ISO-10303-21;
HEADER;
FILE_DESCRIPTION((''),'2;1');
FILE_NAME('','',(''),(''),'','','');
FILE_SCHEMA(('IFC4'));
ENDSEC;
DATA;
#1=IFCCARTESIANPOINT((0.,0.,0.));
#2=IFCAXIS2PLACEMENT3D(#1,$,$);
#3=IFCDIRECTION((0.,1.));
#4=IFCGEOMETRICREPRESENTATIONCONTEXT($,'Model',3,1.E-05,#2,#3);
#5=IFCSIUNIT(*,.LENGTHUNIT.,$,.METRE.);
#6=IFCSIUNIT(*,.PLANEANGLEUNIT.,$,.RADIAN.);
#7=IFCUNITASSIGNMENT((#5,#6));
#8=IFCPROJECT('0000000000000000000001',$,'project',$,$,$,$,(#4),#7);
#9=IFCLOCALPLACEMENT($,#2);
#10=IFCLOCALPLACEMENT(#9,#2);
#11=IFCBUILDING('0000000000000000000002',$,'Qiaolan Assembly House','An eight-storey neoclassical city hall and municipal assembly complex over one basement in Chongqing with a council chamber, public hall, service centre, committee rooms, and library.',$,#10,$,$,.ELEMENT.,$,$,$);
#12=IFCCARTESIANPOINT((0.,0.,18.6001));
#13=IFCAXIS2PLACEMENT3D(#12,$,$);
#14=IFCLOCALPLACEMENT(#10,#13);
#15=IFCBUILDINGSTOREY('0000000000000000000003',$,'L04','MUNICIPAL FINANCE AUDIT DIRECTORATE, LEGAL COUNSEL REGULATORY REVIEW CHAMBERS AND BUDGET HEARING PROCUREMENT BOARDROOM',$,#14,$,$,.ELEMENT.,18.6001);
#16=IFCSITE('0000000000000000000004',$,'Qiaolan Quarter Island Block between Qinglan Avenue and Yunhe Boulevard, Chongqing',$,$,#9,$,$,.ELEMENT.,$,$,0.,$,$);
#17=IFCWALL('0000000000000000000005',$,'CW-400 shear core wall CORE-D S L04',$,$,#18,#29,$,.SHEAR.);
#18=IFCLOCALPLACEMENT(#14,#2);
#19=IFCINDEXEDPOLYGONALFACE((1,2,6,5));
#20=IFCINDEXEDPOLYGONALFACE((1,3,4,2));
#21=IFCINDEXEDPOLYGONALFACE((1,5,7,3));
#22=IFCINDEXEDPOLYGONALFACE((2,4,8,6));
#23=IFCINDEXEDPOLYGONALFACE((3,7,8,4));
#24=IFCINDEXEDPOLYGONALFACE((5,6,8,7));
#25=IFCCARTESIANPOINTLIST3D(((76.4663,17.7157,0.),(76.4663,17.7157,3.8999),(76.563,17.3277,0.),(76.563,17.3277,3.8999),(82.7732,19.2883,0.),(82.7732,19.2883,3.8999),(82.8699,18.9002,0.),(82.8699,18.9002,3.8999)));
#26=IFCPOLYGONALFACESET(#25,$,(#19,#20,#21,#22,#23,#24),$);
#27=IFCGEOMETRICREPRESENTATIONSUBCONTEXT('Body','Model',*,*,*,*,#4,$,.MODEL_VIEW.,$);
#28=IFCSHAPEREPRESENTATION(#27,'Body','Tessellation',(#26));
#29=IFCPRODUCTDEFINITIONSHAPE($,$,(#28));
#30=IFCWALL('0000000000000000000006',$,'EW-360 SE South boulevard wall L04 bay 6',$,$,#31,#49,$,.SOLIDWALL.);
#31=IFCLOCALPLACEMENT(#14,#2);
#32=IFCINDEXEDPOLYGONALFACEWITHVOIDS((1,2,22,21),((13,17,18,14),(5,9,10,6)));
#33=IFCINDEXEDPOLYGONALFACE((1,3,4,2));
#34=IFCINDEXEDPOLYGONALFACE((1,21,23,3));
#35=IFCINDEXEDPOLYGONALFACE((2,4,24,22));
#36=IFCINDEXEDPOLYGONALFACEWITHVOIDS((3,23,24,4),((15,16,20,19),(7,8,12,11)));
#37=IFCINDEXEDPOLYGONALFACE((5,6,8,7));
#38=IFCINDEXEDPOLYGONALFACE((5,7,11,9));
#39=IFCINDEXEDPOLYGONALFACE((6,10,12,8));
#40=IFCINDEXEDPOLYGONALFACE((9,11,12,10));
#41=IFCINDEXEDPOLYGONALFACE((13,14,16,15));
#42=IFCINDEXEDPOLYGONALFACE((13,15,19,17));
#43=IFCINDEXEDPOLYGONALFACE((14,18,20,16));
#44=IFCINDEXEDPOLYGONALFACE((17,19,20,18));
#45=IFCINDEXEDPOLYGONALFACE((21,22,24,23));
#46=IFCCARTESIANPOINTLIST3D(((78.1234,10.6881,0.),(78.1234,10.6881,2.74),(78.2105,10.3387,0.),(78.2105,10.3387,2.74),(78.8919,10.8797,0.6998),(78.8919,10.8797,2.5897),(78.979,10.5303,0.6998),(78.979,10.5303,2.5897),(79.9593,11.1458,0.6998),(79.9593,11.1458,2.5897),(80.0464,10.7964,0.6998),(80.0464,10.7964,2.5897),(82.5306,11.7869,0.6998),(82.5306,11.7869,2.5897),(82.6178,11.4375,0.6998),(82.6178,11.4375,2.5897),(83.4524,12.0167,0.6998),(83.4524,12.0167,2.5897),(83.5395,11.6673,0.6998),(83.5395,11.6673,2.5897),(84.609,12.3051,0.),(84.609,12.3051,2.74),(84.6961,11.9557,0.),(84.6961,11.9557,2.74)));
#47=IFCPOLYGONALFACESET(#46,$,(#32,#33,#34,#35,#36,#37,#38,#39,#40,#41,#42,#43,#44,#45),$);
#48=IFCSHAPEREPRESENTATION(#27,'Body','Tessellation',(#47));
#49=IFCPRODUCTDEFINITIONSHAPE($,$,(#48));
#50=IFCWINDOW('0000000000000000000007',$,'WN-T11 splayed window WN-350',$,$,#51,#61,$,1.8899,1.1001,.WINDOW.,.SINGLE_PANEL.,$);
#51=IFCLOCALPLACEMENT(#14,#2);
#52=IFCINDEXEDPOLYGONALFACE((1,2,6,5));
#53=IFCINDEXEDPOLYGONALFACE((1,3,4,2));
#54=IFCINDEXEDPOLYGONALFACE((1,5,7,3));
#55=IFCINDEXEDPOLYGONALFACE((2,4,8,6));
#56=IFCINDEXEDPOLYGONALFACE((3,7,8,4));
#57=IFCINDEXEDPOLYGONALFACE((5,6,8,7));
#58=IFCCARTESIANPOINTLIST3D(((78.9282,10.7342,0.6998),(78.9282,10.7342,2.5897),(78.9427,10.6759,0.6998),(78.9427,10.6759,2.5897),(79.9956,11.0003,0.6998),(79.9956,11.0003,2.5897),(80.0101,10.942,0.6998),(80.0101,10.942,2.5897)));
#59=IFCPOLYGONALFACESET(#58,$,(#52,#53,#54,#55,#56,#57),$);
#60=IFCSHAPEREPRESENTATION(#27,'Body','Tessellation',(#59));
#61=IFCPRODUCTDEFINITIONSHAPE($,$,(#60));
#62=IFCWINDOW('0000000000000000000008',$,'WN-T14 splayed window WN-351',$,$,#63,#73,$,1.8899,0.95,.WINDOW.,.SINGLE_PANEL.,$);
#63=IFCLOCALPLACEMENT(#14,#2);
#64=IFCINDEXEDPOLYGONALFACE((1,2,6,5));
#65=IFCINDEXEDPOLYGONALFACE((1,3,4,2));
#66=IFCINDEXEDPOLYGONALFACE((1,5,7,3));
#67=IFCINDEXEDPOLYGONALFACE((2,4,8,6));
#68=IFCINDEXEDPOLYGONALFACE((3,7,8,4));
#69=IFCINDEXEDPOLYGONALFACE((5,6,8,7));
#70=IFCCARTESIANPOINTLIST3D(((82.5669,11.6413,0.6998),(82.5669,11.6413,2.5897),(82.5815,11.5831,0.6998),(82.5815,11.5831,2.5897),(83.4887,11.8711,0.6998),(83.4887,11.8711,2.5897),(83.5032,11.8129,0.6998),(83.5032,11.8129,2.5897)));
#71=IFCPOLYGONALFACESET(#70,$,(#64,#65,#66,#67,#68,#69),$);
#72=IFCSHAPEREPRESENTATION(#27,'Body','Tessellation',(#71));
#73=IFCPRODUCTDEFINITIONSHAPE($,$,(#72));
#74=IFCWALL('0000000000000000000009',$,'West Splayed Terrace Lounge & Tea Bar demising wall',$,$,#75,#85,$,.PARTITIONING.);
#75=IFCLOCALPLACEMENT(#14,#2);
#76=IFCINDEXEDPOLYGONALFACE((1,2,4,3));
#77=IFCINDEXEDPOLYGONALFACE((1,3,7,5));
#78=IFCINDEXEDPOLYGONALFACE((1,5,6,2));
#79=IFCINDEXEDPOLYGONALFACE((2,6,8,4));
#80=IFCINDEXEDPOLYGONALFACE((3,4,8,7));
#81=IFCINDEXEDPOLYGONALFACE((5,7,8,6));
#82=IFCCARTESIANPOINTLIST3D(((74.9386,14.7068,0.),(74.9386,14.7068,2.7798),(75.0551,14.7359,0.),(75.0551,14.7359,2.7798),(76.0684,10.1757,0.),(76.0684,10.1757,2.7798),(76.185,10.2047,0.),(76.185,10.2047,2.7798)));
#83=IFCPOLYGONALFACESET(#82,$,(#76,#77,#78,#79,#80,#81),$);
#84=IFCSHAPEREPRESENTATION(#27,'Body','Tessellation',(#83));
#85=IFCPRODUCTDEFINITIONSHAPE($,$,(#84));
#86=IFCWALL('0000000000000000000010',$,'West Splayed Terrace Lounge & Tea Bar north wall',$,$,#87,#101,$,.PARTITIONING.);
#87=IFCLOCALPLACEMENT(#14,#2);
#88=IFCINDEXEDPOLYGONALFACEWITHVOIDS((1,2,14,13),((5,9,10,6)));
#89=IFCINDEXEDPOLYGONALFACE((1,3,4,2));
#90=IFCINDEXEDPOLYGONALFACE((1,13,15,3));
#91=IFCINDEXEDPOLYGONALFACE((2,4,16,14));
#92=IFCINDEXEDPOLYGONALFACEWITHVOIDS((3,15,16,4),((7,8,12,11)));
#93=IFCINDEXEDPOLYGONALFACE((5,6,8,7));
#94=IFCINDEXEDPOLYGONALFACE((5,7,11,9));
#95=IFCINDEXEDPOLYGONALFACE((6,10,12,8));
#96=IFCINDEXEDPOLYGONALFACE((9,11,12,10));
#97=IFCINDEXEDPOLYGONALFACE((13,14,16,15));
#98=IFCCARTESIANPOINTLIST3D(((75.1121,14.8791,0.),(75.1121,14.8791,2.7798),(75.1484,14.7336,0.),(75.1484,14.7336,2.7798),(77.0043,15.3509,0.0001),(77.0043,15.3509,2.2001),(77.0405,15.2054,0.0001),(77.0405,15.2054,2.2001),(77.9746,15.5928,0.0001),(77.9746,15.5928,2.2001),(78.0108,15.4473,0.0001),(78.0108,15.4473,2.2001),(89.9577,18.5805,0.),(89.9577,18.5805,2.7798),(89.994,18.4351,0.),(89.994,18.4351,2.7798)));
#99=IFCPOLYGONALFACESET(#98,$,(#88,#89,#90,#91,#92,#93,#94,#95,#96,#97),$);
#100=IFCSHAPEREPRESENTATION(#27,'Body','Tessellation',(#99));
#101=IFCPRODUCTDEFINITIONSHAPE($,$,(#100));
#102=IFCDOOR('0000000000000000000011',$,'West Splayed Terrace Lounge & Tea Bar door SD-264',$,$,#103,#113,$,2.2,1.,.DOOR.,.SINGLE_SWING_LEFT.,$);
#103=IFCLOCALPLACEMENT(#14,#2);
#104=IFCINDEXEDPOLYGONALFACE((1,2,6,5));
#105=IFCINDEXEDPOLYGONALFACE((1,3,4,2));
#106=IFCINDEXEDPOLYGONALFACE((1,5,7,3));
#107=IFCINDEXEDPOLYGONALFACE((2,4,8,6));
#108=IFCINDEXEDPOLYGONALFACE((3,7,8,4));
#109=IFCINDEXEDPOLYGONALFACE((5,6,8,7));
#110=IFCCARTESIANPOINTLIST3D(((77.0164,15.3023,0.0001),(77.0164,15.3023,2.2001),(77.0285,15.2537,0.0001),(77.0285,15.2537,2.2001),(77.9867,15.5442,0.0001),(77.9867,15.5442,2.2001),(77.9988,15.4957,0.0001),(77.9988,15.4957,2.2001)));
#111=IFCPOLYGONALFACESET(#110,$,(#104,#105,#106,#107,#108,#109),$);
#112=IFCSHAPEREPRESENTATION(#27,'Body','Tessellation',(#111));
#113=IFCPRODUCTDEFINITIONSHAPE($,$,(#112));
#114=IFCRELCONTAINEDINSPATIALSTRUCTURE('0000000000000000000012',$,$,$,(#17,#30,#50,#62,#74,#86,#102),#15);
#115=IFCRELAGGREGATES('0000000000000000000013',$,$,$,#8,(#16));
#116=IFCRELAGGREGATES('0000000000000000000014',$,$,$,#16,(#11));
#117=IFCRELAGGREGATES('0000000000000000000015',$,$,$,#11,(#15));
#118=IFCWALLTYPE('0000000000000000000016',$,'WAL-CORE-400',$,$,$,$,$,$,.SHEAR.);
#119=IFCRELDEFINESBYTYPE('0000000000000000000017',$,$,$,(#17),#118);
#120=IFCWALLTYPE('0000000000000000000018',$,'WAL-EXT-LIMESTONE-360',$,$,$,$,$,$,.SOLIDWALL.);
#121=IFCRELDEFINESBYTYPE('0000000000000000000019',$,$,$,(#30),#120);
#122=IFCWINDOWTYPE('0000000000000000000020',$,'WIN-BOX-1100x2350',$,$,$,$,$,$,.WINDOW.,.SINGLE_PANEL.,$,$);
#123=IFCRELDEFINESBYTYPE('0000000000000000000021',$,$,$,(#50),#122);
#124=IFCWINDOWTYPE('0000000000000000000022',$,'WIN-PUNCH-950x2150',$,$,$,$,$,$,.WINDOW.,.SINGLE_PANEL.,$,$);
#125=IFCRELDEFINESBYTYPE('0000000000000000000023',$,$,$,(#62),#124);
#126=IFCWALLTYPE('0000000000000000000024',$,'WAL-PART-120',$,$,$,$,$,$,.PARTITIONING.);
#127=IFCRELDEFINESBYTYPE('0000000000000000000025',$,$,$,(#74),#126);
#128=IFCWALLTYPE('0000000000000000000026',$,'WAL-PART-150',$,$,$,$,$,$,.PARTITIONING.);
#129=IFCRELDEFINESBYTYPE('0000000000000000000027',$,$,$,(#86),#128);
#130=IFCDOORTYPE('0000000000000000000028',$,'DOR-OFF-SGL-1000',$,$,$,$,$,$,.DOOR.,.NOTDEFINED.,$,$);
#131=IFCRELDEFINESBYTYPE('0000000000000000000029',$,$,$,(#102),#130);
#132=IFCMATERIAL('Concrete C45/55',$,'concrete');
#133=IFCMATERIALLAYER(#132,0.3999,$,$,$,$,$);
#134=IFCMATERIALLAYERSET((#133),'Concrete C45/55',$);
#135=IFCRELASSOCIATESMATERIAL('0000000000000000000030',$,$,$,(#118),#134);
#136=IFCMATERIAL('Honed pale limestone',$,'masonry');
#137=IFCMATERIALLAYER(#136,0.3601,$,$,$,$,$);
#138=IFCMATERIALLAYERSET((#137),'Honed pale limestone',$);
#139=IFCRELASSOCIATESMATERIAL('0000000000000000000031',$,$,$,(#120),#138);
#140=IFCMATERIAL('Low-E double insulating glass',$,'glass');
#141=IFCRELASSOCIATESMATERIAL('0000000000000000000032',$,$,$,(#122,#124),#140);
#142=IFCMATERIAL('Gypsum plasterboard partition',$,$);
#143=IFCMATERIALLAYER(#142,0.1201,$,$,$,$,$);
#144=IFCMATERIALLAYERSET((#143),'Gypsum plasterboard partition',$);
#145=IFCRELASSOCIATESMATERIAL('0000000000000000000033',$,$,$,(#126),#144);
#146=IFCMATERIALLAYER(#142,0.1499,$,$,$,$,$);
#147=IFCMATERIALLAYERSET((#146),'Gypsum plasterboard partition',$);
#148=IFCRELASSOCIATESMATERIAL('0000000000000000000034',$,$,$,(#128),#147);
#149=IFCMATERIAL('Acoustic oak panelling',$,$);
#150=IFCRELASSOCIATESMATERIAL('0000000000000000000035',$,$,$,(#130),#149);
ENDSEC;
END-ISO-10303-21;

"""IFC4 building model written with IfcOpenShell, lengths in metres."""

from ifc_helpers import new_model, si_unit, direction, frame, frame_2d, origin, place, context, subcontext, project, spatial, rectangle, extrude, material, layer, layer_set, type_object, element, fill, save


model = new_model("IFC4")

# Units and contexts
model_context = context("Model", 3, precision=1e-05, world=origin(), true_north=direction((0.0, 1.0)))
body_context = subcontext(model_context, "Body", "Model", "MODEL_VIEW")
ifc_project = project(units=[si_unit("LENGTHUNIT", "METRE"), si_unit("PLANEANGLEUNIT", "RADIAN")], contexts=[model_context])

# Site, building, storey
site_placement = place(None, origin())
site = spatial("IfcSite", under=ifc_project, at=site_placement, Name="Qiaolan Quarter Island Block between Qinglan Avenue and Yunhe Boulevard, Chongqing", CompositionType="ELEMENT", RefElevation=0.0)
building_placement = place(site_placement, origin())
building = spatial("IfcBuilding", under=site, at=building_placement, Name="Qiaolan Assembly House", Description="An eight-storey neoclassical city hall and municipal assembly complex over one basement in Chongqing with a council chamber, public hall, service centre, committee rooms, and library.", CompositionType="ELEMENT")
storey_placement = place(building_placement, frame((0.0, 0.0, 18.6001)))
storey = spatial("IfcBuildingStorey", under=building, at=storey_placement, Name="L04", Description="MUNICIPAL FINANCE AUDIT DIRECTORATE, LEGAL COUNSEL REGULATORY REVIEW CHAMBERS AND BUDGET HEARING PROCUREMENT BOARDROOM", CompositionType="ELEMENT", Elevation=18.6001)

# Shared definitions
ifc_material_1 = material(Name="Honed pale limestone", Category="masonry")

# Wall
ifc_material_2 = material(Name="Concrete C45/55", Category="concrete")
ifc_layer_1 = layer(ifc_material_2, 0.3999)
ifc_layer_set_1 = layer_set([ifc_layer_1], Name="Concrete C45/55")
wall_type_1 = type_object("IfcWallType", Name="WAL-CORE-400", PredefinedType="SHEAR", material=ifc_layer_set_1)
wall_1_placement = place(storey_placement, frame((76.5146, 17.5217, 0.0), z_axis=(0.0, 0.0, 1.0), x_axis=(0.970295, 0.241926, 0.0)))
element("IfcWall", 1, at=wall_1_placement, inside=storey, type_object=wall_type_1, Name="CW-400 shear core wall CORE-D S L04", PredefinedType="SHEAR", context=body_context, shape_type="SweptSolid", body=[
    extrude(rectangle(XDim=6.5, YDim=0.3999, at=frame_2d((3.25, 0.0))), origin(), (0.0, 0.0, 1.0), 3.8999),
])

# Wall, openings, windows
ifc_layer_2 = layer(ifc_material_1, 0.3601)
ifc_layer_set_2 = layer_set([ifc_layer_2], Name="Honed pale limestone")
wall_type_2 = type_object("IfcWallType", Name="WAL-EXT-LIMESTONE-360", PredefinedType="SOLIDWALL", material=ifc_layer_set_2)
wall_2_placement = place(storey_placement, frame((78.167, 10.5134, 0.0), z_axis=(0.0, 0.0, 1.0), x_axis=(0.970299, 0.241908, 0.0)))
wall_2 = element("IfcWall", 2, at=wall_2_placement, inside=storey, type_object=wall_type_2, Name="EW-360 SE South boulevard wall L04 bay 6", PredefinedType="SOLIDWALL", context=body_context, shape_type="SweptSolid", body=[
    extrude(rectangle(XDim=6.6841, YDim=0.3601, at=frame_2d((3.342, 0.0))), origin(), (0.0, 0.0, 1.0), 2.74),
])
opening_1_placement = place(wall_2_placement, frame((0.792, 0.0, 0.7)))
opening_1 = element("IfcOpeningElement", 3, at=opening_1_placement, cuts=wall_2, PredefinedType="OPENING", context=body_context, shape_type="SweptSolid", body=[
    extrude(rectangle(XDim=1.1001, YDim=1.8899, at=frame_2d((0.55, 0.9448))), frame((0.0, 0.1899, 0.0), z_axis=(0.0, -1.0, 0.0), x_axis=(1.0, 0.0, 0.0)), (0.0, 0.0, 1.0), 0.3801),
])
opening_2_placement = place(wall_2_placement, frame((4.542, 0.0, 0.7)))
opening_2 = element("IfcOpeningElement", 4, at=opening_2_placement, cuts=wall_2, PredefinedType="OPENING", context=body_context, shape_type="SweptSolid", body=[
    extrude(rectangle(XDim=0.95, YDim=1.8899, at=frame_2d((0.4751, 0.9448))), frame((0.0, 0.1899, 0.0), z_axis=(0.0, -1.0, 0.0), x_axis=(1.0, 0.0, 0.0)), (0.0, 0.0, 1.0), 0.3801),
])
ifc_material_3 = material(Name="Low-E double insulating glass", Category="glass")
window_type_1 = type_object("IfcWindowType", Name="WIN-BOX-1100x2350", PartitioningType="SINGLE_PANEL", PredefinedType="WINDOW", material=ifc_material_3)
window_1_placement = place(opening_1_placement, origin())
window_1 = element("IfcWindow", 5, at=window_1_placement, inside=storey, type_object=window_type_1, Name="WN-T11 splayed window WN-350", OverallHeight=1.8899, OverallWidth=1.1001, PartitioningType="SINGLE_PANEL", PredefinedType="WINDOW", context=body_context, shape_type="SweptSolid", body=[
    extrude(rectangle(XDim=1.1001, YDim=1.8899, at=frame_2d((0.55, 0.9448))), frame((0.0, 0.03, 0.0), z_axis=(0.0, -1.0, 0.0), x_axis=(1.0, 0.0, 0.0)), (0.0, 0.0, 1.0), 0.0601),
])
fill(opening_1, window_1)
window_type_2 = type_object("IfcWindowType", Name="WIN-PUNCH-950x2150", PartitioningType="SINGLE_PANEL", PredefinedType="WINDOW", material=ifc_material_3)
window_2_placement = place(opening_2_placement, origin())
window_2 = element("IfcWindow", 6, at=window_2_placement, inside=storey, type_object=window_type_2, Name="WN-T14 splayed window WN-351", OverallHeight=1.8899, OverallWidth=0.95, PartitioningType="SINGLE_PANEL", PredefinedType="WINDOW", context=body_context, shape_type="SweptSolid", body=[
    extrude(rectangle(XDim=0.95, YDim=1.8899, at=frame_2d((0.4751, 0.9448))), frame((0.0, 0.03, 0.0), z_axis=(0.0, -1.0, 0.0), x_axis=(1.0, 0.0, 0.0)), (0.0, 0.0, 1.0), 0.0601),
])
fill(opening_2, window_2)

# Wall
ifc_material_4 = material(Name="Gypsum plasterboard partition")
ifc_layer_3 = layer(ifc_material_4, 0.1201)
ifc_layer_set_3 = layer_set([ifc_layer_3], Name="Gypsum plasterboard partition")
wall_type_3 = type_object("IfcWallType", Name="WAL-PART-120", PredefinedType="PARTITIONING", material=ifc_layer_set_3)
wall_3_placement = place(storey_placement, frame((76.1267, 10.1902, 0.0), z_axis=(0.0, 0.0, 1.0), x_axis=(-0.241945, 0.97029, 0.0)))
element("IfcWall", 7, at=wall_3_placement, inside=storey, type_object=wall_type_3, Name="West Splayed Terrace Lounge & Tea Bar demising wall", PredefinedType="PARTITIONING", context=body_context, shape_type="SweptSolid", body=[
    extrude(rectangle(XDim=4.6699, YDim=0.1201, at=frame_2d((2.335, 0.0))), origin(), (0.0, 0.0, 1.0), 2.7798),
])

# Wall, opening, door
ifc_layer_4 = layer(ifc_material_4, 0.1499)
ifc_layer_set_4 = layer_set([ifc_layer_4], Name="Gypsum plasterboard partition")
wall_type_4 = type_object("IfcWallType", Name="WAL-PART-150", PredefinedType="PARTITIONING", material=ifc_layer_set_4)
wall_4_placement = place(storey_placement, frame((75.1304, 14.8064, 0.0), z_axis=(0.0, 0.0, 1.0), x_axis=(0.970295, 0.241924, 0.0)))
wall_4 = element("IfcWall", 8, at=wall_4_placement, inside=storey, type_object=wall_type_4, Name="West Splayed Terrace Lounge & Tea Bar north wall", PredefinedType="PARTITIONING", context=body_context, shape_type="SweptSolid", body=[
    extrude(rectangle(XDim=15.3, YDim=0.1499, at=frame_2d((7.6499, 0.0))), origin(), (0.0, 0.0, 1.0), 2.7798),
])
opening_3_placement = place(wall_4_placement, frame((1.95, 0.0, 0.0)))
opening_3 = element("IfcOpeningElement", 9, at=opening_3_placement, cuts=wall_4, PredefinedType="OPENING", context=body_context, shape_type="SweptSolid", body=[
    extrude(rectangle(XDim=1.0, YDim=2.2, at=frame_2d((0.5, 1.1001))), frame((0.0, 0.085, 0.0), z_axis=(0.0, -1.0, 0.0), x_axis=(1.0, 0.0, 0.0)), (0.0, 0.0, 1.0), 0.1699),
])
ifc_material_5 = material(Name="Acoustic oak panelling")
door_type = type_object("IfcDoorType", Name="DOR-OFF-SGL-1000", OperationType="NOTDEFINED", PredefinedType="DOOR", material=ifc_material_5)
door_placement = place(opening_3_placement, origin())
door = element("IfcDoor", 10, at=door_placement, inside=storey, type_object=door_type, Name="West Splayed Terrace Lounge & Tea Bar door SD-264", OperationType="SINGLE_SWING_LEFT", OverallHeight=2.2, OverallWidth=1.0, PredefinedType="DOOR", context=body_context, shape_type="SweptSolid", body=[
    extrude(rectangle(XDim=1.0, YDim=2.2, at=frame_2d((0.5, 1.1001))), frame((0.0, 0.0249, 0.0), z_axis=(0.0, -1.0, 0.0), x_axis=(1.0, 0.0, 0.0)), (0.0, 0.0, 1.0), 0.05),
])
fill(opening_3, door)

save(model, "model.ifc")
